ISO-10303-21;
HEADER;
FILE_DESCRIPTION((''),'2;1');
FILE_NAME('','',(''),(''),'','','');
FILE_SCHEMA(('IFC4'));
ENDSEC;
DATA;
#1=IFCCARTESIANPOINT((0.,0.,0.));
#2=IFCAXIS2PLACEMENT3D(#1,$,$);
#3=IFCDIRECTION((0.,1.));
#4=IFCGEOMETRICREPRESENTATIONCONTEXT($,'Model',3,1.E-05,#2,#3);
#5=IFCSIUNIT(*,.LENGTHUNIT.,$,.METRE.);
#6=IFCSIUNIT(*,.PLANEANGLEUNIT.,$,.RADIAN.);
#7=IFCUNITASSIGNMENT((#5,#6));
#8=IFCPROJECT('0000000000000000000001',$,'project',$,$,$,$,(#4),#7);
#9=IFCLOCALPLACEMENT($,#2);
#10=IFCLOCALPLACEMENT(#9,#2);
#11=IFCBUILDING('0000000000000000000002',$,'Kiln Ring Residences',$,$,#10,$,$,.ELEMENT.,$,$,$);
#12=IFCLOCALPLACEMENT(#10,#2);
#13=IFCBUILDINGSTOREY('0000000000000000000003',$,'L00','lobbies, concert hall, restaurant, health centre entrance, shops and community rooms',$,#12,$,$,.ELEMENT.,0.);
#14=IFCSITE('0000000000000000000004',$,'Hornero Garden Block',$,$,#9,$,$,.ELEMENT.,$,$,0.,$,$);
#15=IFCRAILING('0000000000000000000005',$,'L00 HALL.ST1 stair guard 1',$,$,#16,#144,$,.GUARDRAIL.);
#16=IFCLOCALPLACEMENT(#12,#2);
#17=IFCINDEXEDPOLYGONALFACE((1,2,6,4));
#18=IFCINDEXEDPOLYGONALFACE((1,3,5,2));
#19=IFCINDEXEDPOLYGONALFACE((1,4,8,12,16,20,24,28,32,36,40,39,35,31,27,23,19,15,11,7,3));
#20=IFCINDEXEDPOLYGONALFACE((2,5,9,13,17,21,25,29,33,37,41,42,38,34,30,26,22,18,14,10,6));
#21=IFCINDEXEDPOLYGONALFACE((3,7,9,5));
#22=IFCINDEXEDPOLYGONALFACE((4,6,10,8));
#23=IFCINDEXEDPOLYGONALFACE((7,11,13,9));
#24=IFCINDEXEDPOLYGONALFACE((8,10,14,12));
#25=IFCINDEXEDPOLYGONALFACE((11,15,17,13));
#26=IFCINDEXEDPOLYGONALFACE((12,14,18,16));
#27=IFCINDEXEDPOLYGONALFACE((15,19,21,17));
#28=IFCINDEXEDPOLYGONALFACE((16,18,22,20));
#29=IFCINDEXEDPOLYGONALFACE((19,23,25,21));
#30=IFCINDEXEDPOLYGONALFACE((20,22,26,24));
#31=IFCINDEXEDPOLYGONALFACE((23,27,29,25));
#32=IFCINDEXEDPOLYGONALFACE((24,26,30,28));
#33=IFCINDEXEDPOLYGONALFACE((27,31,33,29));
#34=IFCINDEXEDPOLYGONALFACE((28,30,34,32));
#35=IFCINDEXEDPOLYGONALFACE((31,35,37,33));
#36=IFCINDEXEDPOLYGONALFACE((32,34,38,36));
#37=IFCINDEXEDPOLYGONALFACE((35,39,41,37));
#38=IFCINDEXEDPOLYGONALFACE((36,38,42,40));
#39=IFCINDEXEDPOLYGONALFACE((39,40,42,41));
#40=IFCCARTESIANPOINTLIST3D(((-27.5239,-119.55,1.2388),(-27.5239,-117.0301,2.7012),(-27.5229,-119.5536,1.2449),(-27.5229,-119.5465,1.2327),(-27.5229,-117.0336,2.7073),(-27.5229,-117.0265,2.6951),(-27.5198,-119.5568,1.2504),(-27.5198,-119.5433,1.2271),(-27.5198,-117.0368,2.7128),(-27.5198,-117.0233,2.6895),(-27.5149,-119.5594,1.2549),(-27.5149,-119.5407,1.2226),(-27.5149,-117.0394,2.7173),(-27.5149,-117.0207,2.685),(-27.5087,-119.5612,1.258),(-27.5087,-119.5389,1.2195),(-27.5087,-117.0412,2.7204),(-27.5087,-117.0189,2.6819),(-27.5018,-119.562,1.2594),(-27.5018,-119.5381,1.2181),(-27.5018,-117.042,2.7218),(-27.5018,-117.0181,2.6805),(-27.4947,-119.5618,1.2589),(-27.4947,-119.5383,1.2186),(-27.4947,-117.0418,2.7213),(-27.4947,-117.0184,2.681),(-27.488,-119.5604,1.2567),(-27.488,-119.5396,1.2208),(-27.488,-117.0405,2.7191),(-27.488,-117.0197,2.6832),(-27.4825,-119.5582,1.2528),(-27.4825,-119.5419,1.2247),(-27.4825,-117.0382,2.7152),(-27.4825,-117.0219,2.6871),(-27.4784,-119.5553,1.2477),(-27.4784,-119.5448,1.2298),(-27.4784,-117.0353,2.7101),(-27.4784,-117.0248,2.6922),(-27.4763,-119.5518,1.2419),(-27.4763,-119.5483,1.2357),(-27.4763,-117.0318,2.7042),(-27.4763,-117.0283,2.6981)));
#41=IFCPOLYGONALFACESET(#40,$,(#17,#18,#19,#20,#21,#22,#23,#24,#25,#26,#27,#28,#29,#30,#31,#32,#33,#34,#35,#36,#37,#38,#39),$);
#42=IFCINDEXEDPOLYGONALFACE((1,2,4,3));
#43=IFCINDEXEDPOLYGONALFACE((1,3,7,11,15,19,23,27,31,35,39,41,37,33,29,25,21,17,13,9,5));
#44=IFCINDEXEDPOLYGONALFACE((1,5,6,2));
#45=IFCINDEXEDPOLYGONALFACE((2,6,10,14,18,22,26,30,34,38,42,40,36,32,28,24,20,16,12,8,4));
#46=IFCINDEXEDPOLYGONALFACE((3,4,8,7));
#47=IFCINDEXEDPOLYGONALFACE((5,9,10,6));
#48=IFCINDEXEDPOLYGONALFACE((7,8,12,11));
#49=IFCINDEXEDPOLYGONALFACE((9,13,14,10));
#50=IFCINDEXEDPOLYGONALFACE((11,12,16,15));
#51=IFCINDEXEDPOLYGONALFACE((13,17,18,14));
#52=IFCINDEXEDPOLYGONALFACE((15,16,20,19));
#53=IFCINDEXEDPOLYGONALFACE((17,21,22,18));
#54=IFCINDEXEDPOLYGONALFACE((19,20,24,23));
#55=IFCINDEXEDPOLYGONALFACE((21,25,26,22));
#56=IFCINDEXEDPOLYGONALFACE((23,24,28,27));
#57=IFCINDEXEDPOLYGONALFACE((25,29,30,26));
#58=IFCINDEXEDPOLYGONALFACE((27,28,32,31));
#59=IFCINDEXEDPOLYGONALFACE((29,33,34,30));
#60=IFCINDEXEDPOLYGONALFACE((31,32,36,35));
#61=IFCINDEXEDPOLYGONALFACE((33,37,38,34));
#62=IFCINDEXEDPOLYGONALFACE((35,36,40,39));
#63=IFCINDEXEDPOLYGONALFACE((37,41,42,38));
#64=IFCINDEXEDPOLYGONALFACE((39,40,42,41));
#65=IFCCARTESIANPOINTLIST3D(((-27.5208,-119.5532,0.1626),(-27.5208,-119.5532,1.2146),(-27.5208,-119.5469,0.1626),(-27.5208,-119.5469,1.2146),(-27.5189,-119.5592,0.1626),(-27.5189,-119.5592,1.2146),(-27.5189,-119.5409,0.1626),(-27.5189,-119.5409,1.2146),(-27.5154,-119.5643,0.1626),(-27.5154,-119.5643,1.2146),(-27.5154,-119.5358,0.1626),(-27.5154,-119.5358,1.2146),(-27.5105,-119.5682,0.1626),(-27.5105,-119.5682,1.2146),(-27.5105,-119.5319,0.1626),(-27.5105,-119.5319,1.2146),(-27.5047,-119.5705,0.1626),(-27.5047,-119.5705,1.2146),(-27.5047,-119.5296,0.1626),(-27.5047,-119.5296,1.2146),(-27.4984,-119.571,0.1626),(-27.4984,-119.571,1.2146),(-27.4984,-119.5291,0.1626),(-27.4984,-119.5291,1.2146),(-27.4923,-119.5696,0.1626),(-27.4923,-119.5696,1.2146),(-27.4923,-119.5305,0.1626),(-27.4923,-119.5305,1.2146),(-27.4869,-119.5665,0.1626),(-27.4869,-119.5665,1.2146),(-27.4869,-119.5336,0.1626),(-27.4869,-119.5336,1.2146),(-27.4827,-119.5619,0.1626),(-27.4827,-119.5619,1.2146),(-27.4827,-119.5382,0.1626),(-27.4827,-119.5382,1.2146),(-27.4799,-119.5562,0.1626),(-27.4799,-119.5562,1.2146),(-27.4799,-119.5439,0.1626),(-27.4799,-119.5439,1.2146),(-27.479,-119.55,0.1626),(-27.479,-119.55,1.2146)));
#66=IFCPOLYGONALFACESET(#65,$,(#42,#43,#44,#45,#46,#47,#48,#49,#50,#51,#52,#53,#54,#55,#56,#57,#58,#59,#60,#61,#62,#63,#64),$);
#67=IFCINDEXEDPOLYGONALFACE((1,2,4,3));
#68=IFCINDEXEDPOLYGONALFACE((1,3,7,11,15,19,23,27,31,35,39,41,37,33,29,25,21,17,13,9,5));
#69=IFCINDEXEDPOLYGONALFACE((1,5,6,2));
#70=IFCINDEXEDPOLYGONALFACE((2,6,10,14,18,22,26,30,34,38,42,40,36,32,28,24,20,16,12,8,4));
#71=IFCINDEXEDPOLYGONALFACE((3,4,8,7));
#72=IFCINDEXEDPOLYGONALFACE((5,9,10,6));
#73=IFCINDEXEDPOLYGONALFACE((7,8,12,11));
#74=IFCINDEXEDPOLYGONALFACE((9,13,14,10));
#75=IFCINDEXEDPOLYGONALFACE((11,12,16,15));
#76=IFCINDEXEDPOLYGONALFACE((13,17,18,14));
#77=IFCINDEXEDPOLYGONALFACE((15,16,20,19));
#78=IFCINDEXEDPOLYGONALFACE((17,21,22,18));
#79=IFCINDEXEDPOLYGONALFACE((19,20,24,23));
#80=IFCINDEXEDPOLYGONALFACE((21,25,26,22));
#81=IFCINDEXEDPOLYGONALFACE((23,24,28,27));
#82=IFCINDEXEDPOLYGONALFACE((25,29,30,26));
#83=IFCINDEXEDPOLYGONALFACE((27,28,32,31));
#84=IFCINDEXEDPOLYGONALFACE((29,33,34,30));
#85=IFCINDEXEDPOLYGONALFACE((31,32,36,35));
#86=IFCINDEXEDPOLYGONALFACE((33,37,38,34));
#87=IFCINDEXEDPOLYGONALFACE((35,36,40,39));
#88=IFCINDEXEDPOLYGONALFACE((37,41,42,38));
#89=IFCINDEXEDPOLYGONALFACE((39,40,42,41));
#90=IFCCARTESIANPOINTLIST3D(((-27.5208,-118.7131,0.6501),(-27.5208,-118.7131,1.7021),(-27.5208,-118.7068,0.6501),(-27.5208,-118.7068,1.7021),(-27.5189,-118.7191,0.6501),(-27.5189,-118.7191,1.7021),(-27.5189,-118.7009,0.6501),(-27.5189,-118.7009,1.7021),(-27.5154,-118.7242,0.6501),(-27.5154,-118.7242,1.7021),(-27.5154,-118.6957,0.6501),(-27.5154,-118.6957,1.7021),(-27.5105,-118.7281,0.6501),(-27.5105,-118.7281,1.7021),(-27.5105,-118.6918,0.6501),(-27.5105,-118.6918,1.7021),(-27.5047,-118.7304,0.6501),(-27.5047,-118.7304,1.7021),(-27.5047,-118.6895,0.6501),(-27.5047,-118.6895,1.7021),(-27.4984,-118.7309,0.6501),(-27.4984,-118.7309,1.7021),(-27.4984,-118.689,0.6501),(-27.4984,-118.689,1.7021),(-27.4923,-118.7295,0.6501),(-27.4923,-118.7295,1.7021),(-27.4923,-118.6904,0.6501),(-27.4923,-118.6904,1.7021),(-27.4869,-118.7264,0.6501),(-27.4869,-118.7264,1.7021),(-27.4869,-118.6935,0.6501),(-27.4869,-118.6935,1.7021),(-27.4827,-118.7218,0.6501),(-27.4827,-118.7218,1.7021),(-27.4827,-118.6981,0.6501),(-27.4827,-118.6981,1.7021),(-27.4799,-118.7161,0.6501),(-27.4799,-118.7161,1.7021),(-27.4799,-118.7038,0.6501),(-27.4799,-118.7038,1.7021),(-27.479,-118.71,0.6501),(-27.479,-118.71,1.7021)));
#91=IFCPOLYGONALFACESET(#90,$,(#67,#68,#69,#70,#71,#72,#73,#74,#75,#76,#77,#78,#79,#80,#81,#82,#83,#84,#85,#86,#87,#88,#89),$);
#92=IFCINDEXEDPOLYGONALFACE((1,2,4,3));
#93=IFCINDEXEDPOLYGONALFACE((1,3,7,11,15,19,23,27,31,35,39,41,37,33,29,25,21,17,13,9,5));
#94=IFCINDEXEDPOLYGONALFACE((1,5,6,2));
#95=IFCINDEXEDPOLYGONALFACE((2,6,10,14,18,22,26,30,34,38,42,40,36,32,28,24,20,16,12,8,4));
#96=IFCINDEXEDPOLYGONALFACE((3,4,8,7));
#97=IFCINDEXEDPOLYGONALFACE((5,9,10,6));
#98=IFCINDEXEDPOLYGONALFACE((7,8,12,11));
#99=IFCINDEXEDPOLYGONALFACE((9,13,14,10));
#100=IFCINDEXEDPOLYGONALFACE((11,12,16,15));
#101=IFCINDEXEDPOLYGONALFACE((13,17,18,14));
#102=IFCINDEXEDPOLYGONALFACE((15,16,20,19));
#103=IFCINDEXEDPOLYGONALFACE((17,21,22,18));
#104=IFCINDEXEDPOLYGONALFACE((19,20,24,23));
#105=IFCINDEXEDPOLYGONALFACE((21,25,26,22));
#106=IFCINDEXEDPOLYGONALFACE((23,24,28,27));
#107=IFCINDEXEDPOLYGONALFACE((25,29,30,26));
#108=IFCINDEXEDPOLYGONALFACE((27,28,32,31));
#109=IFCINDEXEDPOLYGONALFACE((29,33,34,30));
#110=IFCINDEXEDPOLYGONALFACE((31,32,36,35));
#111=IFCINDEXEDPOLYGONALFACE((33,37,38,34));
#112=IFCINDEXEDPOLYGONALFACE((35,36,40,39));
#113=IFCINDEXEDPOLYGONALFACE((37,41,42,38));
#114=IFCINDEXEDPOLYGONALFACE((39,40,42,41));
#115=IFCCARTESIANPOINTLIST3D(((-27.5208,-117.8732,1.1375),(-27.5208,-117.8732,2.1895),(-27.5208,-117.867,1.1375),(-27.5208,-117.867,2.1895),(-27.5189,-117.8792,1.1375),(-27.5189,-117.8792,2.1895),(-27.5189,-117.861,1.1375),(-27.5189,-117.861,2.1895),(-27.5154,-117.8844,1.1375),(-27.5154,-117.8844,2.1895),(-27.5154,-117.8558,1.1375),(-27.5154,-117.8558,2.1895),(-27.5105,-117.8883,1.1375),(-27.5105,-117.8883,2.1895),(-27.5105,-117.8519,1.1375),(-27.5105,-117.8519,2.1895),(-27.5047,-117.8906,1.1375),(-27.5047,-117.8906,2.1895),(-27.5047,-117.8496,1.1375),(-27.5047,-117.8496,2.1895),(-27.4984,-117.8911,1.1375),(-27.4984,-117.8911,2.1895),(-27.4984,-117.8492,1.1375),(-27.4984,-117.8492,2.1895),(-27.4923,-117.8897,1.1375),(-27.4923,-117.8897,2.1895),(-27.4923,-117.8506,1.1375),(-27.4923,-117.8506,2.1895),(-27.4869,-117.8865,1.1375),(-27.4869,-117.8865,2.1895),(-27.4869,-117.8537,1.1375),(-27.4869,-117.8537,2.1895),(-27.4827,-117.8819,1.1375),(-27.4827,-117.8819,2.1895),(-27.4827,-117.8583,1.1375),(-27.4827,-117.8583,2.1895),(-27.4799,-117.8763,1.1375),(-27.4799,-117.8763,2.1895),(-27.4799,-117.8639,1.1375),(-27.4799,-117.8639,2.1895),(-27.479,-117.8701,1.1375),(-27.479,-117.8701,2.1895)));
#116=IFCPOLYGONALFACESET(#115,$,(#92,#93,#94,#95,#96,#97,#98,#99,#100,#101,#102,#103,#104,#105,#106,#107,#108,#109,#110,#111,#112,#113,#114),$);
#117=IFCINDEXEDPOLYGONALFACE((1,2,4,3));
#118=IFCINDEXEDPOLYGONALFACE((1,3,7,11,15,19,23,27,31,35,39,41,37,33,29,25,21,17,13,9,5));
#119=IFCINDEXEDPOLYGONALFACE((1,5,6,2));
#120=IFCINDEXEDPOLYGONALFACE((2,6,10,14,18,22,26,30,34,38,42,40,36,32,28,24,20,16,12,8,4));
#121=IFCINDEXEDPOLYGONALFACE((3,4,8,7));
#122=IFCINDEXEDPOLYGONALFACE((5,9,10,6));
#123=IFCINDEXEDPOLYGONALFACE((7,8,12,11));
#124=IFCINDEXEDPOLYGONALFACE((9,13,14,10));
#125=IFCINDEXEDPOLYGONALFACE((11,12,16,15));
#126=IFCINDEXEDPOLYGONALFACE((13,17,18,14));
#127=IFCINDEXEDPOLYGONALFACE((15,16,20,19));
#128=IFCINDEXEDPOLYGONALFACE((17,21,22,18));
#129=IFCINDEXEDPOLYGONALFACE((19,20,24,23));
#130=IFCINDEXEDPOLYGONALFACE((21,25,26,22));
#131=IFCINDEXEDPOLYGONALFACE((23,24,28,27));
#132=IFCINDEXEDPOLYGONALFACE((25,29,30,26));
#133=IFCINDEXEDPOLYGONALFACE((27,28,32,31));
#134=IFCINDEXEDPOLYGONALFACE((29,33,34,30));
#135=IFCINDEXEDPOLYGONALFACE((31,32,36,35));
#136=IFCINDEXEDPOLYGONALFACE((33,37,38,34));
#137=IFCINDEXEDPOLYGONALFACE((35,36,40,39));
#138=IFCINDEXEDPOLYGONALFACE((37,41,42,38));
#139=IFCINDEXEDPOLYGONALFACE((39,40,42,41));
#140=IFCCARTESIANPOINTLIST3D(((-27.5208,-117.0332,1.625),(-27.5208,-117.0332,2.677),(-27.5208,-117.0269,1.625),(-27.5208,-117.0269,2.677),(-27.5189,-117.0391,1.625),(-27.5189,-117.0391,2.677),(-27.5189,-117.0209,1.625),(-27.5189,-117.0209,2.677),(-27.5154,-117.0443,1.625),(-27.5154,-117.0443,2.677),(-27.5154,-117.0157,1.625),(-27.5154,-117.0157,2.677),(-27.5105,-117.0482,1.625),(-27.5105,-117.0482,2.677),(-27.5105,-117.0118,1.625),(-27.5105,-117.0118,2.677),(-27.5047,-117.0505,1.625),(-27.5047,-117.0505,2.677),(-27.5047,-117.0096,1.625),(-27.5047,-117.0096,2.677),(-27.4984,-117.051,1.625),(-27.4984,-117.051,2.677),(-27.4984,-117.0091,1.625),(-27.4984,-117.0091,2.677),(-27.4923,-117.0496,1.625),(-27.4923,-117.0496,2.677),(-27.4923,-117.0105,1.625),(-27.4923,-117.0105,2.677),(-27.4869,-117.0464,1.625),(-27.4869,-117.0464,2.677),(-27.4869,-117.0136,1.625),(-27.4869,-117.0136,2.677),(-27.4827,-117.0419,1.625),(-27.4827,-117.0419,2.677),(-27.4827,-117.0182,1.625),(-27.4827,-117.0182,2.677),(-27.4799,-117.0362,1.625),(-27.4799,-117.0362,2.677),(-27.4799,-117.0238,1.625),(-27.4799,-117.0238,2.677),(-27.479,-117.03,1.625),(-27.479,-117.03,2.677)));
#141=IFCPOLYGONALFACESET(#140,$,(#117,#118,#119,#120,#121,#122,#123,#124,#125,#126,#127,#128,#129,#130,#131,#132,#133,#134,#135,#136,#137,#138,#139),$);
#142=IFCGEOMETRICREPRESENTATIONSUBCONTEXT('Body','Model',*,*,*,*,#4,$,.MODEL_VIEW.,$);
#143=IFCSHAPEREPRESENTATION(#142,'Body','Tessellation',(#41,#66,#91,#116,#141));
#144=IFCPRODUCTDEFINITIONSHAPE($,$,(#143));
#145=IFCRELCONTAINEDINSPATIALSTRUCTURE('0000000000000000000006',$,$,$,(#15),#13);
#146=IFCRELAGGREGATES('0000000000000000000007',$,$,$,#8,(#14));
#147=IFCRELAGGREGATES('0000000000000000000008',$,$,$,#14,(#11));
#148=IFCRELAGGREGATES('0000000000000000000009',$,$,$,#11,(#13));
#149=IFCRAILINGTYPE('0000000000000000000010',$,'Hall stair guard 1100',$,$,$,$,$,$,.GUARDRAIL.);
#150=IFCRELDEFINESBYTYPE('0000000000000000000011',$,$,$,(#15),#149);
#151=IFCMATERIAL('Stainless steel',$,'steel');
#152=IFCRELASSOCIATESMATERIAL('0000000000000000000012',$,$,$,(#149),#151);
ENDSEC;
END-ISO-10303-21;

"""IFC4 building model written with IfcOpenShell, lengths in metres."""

from ifc_helpers import new_model, si_unit, direction, frame, origin, origin_2d, place, context, subcontext, project, spatial, circle, extrude, material, type_object, element, save


model = new_model("IFC4")

# Units and contexts
model_context = context("Model", 3, precision=1e-05, world=origin(), true_north=direction((0.0, 1.0)))
body_context = subcontext(model_context, "Body", "Model", "MODEL_VIEW")
ifc_project = project(units=[si_unit("LENGTHUNIT", "METRE"), si_unit("PLANEANGLEUNIT", "RADIAN")], contexts=[model_context])

# Site, building, storey
site_placement = place(None, origin())
site = spatial("IfcSite", under=ifc_project, at=site_placement, Name="Hornero Garden Block", CompositionType="ELEMENT", RefElevation=0.0)
building_placement = place(site_placement, origin())
building = spatial("IfcBuilding", under=site, at=building_placement, Name="Kiln Ring Residences", CompositionType="ELEMENT")
storey_placement = place(building_placement, origin())
storey = spatial("IfcBuildingStorey", under=building, at=storey_placement, Name="L00", Description="lobbies, concert hall, restaurant, health centre entrance, shops and community rooms", CompositionType="ELEMENT", Elevation=0.0)

# Railing
ifc_material_1 = material(Name="Stainless steel", Category="steel")
railing_type_1 = type_object("IfcRailingType", Name="Hall stair guard 1100", PredefinedType="GUARDRAIL", material=ifc_material_1)
for number, where, name in (
    (1, (-27.5, -119.55, 0.1626), "L00 HALL.ST1 stair guard 1"),
):
    element("IfcRailing", number, at=place(storey_placement, frame(where)), inside=storey, type_object=railing_type_1, Name=name, PredefinedType="GUARDRAIL", context=body_context, shape_type="SweptSolid", body=[
        extrude(circle(Radius=0.0239, at=origin_2d()), frame((0.0, 0.0, 1.0762), z_axis=(0.0, 0.864913, 0.501921), x_axis=(-1.0, 0.0, 0.0)), (0.0, 0.0, 1.0), 2.9136),
        extrude(circle(Radius=0.021, at=origin_2d()), origin(), (0.0, 0.0, 1.0), 1.052),
        extrude(circle(Radius=0.021, at=origin_2d()), frame((0.0, 0.8401, 0.4875)), (0.0, 0.0, 1.0), 1.052),
        extrude(circle(Radius=0.021, at=origin_2d()), frame((0.0, 1.6799, 0.9749)), (0.0, 0.0, 1.0), 1.052),
        extrude(circle(Radius=0.021, at=origin_2d()), frame((0.0, 2.52, 1.4624)), (0.0, 0.0, 1.0), 1.052),
    ])

save(model, "model.ifc")
